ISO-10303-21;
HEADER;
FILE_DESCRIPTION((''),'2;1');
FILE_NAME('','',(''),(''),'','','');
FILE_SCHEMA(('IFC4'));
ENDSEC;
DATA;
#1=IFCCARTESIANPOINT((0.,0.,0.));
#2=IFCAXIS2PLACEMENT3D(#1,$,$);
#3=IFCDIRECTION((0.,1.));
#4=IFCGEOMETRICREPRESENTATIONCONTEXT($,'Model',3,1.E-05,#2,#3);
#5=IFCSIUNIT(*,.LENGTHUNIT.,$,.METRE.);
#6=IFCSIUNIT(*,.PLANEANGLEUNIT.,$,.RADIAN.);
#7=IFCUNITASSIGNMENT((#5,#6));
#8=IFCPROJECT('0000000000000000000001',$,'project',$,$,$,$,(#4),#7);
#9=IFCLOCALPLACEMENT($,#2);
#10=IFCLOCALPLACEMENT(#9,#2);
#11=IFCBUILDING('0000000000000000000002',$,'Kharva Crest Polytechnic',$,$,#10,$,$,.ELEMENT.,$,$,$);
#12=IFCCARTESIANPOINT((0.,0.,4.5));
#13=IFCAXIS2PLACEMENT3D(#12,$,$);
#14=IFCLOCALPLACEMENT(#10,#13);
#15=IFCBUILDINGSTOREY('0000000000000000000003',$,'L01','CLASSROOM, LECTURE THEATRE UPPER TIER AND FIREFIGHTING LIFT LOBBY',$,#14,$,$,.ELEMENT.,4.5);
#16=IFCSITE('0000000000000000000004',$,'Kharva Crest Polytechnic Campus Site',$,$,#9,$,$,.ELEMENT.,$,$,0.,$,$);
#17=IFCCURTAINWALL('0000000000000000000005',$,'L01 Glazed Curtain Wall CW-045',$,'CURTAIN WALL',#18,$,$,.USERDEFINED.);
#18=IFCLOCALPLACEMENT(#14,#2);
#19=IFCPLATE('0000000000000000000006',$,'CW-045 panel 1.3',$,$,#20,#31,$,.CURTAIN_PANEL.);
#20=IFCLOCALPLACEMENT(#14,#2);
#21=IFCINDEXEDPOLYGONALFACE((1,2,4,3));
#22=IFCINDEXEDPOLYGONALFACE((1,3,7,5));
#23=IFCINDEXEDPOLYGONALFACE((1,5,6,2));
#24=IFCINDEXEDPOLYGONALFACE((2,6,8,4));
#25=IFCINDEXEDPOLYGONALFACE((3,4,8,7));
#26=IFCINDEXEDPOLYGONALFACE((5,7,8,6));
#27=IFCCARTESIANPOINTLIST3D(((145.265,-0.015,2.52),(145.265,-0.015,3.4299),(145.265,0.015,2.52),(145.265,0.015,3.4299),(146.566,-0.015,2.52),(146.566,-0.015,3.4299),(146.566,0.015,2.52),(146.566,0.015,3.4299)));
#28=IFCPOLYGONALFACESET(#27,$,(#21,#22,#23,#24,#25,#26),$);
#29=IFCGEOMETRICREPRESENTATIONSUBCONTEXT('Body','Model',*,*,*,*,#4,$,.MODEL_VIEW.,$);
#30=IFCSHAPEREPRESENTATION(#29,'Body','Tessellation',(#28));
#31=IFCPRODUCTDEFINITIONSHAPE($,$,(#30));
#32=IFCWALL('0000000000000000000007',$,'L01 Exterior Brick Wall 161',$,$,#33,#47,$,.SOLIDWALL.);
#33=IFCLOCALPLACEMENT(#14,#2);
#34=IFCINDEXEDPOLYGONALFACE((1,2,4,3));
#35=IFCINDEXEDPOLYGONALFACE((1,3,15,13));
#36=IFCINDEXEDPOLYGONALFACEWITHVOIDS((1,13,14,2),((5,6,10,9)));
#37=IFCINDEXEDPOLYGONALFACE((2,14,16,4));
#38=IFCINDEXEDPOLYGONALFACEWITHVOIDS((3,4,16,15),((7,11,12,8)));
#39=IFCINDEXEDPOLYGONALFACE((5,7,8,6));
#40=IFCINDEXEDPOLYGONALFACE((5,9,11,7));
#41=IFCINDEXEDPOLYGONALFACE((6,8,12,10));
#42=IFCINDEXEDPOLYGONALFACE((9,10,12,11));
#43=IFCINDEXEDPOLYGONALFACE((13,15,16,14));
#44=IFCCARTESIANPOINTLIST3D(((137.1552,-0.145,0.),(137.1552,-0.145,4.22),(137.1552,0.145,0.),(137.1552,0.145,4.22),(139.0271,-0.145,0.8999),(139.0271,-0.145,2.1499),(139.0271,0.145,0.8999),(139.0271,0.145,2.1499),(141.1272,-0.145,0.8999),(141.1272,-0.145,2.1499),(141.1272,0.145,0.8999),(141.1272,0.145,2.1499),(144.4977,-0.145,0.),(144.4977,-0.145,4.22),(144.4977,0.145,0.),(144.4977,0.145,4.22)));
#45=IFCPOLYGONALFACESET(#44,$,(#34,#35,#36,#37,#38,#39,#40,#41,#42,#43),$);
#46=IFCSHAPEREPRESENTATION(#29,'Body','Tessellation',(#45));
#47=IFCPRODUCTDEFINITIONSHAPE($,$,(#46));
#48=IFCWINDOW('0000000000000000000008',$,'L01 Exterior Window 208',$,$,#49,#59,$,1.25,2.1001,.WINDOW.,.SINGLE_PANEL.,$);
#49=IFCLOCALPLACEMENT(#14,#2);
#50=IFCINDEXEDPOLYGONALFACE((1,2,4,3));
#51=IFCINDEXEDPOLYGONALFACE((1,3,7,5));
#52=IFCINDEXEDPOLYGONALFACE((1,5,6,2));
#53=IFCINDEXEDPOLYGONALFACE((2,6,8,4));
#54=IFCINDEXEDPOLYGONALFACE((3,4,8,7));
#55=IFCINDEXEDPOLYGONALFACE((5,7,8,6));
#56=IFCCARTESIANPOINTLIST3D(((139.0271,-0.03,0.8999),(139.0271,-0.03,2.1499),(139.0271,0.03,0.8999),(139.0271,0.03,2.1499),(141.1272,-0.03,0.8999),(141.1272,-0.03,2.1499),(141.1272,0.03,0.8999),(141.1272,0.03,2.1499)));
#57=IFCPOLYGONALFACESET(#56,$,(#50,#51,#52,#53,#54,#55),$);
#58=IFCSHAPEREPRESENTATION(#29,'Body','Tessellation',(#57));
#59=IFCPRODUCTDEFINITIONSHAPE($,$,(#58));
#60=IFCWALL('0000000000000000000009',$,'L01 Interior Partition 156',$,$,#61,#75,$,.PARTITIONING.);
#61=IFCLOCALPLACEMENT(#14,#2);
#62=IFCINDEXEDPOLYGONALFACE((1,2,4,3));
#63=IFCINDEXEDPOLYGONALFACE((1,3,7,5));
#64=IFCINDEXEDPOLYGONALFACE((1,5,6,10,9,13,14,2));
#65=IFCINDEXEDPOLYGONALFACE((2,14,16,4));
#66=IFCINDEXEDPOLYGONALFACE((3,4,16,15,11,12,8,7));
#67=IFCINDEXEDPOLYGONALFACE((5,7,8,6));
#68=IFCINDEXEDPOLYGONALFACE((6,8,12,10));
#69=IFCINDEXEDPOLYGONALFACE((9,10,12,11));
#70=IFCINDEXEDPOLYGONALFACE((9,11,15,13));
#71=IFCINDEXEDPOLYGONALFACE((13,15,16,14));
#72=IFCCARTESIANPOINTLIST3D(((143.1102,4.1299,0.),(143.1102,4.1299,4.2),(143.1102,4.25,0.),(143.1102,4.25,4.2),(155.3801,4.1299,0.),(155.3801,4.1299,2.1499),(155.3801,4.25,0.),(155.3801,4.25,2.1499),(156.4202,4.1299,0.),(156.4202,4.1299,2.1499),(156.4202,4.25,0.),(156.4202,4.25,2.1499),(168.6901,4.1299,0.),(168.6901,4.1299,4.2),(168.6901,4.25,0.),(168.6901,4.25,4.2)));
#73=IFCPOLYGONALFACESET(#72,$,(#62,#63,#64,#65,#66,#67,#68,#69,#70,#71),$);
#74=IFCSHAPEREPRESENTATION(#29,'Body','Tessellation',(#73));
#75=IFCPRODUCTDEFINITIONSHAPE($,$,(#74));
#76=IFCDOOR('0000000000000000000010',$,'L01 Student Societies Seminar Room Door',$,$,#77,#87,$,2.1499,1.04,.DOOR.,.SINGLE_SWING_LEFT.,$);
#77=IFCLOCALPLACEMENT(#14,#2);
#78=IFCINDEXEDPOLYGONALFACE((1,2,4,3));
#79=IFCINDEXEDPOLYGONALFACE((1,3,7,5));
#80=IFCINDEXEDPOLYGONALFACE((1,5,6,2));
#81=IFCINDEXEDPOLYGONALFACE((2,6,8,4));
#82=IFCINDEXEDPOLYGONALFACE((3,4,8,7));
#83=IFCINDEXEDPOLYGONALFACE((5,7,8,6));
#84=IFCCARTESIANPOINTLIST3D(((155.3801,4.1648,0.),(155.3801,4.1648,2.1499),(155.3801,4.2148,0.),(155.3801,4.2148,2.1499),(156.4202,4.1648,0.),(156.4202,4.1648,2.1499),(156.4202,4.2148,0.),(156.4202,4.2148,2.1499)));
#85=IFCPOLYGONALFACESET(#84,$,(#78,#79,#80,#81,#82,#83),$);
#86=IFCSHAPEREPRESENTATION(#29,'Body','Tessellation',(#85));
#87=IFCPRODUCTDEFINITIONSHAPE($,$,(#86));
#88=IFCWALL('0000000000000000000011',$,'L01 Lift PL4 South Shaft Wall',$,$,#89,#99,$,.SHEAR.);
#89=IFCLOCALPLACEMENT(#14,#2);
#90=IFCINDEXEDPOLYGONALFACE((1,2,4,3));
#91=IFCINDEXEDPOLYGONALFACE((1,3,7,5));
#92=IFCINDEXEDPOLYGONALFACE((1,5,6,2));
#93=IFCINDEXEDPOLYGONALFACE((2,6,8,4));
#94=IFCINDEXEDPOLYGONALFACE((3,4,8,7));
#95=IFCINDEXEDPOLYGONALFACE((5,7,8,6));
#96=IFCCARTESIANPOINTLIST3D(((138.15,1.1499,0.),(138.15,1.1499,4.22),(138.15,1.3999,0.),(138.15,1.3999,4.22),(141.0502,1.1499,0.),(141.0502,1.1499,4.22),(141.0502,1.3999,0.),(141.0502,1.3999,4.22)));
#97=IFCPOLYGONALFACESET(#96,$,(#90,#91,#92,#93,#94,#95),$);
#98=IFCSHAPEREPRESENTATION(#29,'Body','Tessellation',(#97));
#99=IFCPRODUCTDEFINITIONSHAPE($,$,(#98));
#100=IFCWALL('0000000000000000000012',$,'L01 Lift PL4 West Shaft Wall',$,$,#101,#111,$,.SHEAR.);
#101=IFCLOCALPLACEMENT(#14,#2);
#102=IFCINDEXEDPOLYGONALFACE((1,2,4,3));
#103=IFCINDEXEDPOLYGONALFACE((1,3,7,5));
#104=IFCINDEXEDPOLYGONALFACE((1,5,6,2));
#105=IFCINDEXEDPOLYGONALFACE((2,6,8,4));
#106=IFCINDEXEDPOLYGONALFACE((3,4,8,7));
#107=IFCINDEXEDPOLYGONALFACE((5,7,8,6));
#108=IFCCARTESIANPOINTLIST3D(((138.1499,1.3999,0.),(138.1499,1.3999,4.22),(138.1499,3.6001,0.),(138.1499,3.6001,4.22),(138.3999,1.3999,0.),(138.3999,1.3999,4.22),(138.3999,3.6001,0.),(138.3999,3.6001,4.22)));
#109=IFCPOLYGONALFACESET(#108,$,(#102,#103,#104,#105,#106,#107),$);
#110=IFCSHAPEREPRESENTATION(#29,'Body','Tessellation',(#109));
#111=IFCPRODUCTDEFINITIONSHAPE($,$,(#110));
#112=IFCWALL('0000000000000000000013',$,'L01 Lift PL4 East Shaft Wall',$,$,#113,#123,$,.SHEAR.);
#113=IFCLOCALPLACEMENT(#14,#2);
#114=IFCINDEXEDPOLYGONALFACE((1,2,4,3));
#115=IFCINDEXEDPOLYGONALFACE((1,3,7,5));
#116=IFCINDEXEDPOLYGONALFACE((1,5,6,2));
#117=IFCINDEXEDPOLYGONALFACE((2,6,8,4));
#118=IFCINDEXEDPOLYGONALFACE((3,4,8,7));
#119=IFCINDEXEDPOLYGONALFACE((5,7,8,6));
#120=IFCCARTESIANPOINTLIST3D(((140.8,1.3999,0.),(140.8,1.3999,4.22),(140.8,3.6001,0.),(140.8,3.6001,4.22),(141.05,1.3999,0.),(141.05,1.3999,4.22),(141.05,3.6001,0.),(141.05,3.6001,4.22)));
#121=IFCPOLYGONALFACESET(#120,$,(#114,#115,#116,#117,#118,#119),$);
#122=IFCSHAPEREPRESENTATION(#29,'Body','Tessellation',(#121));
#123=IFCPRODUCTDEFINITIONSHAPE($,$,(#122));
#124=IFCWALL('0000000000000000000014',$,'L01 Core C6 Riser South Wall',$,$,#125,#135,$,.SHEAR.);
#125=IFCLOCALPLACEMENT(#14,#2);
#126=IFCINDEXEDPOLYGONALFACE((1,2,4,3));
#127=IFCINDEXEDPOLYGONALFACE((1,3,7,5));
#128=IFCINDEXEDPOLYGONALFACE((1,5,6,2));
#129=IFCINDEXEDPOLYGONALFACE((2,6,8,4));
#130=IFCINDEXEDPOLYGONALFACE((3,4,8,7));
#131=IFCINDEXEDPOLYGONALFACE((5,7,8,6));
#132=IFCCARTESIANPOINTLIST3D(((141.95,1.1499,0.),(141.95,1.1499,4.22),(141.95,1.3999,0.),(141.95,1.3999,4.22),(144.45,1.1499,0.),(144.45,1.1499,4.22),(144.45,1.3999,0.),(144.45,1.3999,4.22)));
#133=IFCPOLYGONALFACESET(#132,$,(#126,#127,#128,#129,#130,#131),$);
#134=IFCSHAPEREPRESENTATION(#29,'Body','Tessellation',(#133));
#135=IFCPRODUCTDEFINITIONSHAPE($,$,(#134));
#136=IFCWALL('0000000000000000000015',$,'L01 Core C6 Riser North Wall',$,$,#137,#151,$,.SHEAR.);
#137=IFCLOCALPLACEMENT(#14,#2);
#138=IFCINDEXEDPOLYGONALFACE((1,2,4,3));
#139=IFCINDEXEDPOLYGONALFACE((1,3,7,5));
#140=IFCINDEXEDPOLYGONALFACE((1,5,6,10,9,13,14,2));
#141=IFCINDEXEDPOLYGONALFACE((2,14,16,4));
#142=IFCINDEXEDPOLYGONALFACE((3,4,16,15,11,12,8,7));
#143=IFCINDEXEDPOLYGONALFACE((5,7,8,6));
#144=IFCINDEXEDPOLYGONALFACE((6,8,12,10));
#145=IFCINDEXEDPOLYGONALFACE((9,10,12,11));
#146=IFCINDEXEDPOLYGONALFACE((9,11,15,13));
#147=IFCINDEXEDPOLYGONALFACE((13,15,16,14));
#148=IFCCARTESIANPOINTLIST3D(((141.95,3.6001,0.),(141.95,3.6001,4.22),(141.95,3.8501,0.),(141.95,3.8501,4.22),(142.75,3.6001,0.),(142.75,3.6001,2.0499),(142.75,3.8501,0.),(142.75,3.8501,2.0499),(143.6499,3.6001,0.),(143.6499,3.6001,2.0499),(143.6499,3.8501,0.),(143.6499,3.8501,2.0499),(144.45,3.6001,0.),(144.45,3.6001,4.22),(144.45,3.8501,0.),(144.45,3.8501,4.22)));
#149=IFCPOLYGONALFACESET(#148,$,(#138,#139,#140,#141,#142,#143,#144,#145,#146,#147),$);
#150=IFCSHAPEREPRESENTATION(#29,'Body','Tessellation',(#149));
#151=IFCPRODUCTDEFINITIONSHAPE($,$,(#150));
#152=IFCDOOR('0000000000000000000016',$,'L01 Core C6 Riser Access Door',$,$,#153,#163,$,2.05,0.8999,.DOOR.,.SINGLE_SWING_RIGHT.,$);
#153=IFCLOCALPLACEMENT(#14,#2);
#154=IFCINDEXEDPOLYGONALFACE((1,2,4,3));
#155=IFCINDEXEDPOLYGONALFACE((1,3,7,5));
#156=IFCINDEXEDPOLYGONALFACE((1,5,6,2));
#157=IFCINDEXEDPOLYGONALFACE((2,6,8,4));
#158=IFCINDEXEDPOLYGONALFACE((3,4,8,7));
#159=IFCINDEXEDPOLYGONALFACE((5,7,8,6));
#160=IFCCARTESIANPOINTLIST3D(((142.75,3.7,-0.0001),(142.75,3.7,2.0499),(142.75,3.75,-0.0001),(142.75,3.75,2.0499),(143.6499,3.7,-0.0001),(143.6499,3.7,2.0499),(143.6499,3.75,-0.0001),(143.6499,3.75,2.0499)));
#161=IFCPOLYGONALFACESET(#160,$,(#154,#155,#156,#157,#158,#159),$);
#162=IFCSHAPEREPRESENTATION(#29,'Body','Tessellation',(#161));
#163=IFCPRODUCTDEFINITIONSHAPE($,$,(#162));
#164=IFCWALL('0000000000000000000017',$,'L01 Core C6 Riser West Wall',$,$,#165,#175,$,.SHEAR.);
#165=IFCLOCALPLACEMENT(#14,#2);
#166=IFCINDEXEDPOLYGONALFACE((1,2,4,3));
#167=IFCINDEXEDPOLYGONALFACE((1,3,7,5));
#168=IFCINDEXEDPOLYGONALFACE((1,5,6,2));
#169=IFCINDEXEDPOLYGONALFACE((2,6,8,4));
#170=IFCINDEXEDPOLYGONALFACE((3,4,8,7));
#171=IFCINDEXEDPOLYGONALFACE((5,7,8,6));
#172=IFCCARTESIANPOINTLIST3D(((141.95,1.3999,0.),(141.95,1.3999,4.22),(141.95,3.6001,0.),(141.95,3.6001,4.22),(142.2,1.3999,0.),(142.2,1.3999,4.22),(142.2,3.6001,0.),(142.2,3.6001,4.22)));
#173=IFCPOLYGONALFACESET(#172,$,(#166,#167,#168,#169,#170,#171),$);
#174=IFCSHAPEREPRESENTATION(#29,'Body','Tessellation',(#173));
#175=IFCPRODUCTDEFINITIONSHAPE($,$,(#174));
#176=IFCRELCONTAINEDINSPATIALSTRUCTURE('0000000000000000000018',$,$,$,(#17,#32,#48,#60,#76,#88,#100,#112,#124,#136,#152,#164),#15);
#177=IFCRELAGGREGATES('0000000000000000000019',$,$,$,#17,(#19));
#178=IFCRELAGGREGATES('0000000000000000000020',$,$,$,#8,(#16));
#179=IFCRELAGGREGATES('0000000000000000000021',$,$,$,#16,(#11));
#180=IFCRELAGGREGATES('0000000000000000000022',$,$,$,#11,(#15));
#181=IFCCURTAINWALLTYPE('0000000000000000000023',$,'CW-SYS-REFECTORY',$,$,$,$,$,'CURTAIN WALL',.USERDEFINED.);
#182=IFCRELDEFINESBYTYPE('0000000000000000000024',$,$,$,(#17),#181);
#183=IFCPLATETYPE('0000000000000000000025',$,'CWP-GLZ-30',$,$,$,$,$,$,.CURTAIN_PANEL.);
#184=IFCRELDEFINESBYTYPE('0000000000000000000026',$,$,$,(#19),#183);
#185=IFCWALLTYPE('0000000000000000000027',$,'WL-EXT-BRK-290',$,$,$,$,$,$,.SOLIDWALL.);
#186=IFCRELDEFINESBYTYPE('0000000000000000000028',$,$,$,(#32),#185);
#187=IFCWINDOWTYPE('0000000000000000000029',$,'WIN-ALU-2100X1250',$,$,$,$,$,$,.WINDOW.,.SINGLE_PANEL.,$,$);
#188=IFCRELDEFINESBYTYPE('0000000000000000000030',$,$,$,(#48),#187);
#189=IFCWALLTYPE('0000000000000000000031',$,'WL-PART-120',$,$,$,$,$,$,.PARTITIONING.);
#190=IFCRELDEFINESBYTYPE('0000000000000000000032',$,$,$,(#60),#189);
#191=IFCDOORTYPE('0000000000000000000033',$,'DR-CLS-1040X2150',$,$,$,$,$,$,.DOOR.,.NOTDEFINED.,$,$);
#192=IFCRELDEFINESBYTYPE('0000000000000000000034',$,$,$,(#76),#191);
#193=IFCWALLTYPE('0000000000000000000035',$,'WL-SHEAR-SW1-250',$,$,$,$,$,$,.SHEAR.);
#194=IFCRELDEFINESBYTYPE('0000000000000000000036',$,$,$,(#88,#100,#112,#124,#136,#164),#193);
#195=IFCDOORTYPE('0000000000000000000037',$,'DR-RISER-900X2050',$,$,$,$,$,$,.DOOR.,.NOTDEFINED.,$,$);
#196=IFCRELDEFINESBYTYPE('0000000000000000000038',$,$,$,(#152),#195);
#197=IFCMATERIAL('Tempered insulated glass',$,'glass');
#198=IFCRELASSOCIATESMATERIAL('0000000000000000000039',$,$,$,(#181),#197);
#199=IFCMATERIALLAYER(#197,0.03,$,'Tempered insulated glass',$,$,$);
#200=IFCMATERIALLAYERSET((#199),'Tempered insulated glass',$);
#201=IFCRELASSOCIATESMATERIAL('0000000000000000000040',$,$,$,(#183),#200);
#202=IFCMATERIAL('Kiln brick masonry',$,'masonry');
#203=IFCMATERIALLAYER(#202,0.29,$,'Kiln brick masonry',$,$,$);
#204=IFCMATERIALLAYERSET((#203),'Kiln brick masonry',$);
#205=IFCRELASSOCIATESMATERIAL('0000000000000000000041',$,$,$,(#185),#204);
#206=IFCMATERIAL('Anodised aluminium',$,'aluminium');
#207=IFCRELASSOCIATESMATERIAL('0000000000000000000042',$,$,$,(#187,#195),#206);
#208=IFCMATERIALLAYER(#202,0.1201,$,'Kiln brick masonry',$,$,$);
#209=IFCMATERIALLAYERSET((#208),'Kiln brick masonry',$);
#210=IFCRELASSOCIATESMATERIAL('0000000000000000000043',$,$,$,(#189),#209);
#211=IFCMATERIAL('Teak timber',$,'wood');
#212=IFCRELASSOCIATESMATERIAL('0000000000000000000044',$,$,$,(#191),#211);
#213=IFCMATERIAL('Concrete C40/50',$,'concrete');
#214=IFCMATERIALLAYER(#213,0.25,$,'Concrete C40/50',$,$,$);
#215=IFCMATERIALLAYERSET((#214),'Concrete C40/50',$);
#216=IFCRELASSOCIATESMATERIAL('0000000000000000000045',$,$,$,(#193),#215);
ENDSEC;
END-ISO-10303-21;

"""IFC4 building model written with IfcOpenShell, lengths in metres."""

from ifc_helpers import new_model, si_unit, direction, frame, frame_2d, origin, origin_2d, place, context, subcontext, project, spatial, rectangle, extrude, material, layer, layer_set, type_object, element, fill, aggregate, save


model = new_model("IFC4")

# Units and contexts
model_context = context("Model", 3, precision=1e-05, world=origin(), true_north=direction((0.0, 1.0)))
body_context = subcontext(model_context, "Body", "Model", "MODEL_VIEW")
ifc_project = project(units=[si_unit("LENGTHUNIT", "METRE"), si_unit("PLANEANGLEUNIT", "RADIAN")], contexts=[model_context])

# Site, building, storey
site_placement = place(None, origin())
site = spatial("IfcSite", under=ifc_project, at=site_placement, Name="Kharva Crest Polytechnic Campus Site", CompositionType="ELEMENT", RefElevation=0.0)
building_placement = place(site_placement, origin())
building = spatial("IfcBuilding", under=site, at=building_placement, Name="Kharva Crest Polytechnic", CompositionType="ELEMENT")
storey_placement = place(building_placement, frame((0.0, 0.0, 4.5)))
storey = spatial("IfcBuildingStorey", under=building, at=storey_placement, Name="L01", Description="CLASSROOM, LECTURE THEATRE UPPER TIER AND FIREFIGHTING LIFT LOBBY", CompositionType="ELEMENT", Elevation=4.5)

# Shared definitions
ifc_material_1 = material(Name="Concrete C40/50", Category="concrete")

# Curtain wall
ifc_material_2 = material(Name="Tempered insulated glass", Category="glass")
curtain_wall_type = type_object("IfcCurtainWallType", Name="CW-SYS-REFECTORY", ElementType="CURTAIN WALL", PredefinedType="USERDEFINED", material=ifc_material_2)
curtain_wall_placement = place(storey_placement, origin())
curtain_wall = element("IfcCurtainWall", 1, at=curtain_wall_placement, inside=storey, type_object=curtain_wall_type, Name="L01 Glazed Curtain Wall CW-045", ObjectType="CURTAIN WALL", PredefinedType="USERDEFINED")

# Plate
ifc_layer_1 = layer(ifc_material_2, 0.03, Name="Tempered insulated glass")
ifc_layer_set_1 = layer_set([ifc_layer_1], Name="Tempered insulated glass")
plate_type = type_object("IfcPlateType", Name="CWP-GLZ-30", PredefinedType="CURTAIN_PANEL", material=ifc_layer_set_1)
plate_1_placement = place(storey_placement, frame((145.9155, 0.0, 2.52), z_axis=(0.0, 0.0, 1.0), x_axis=(1.0, 0.0, 0.0)))
plate_1 = element("IfcPlate", 2, at=plate_1_placement, type_object=plate_type, Name="CW-045 panel 1.3", PredefinedType="CURTAIN_PANEL", context=body_context, shape_type="SweptSolid", body=[
    extrude(rectangle(XDim=1.301, YDim=0.03, at=origin_2d()), origin(), (0.0, 0.0, 1.0), 0.9099),
])
aggregate(curtain_wall, [plate_1])

# Wall, opening, window
ifc_material_3 = material(Name="Kiln brick masonry", Category="masonry")
ifc_layer_2 = layer(ifc_material_3, 0.29, Name="Kiln brick masonry")
ifc_layer_set_2 = layer_set([ifc_layer_2], Name="Kiln brick masonry")
wall_type_1 = type_object("IfcWallType", Name="WL-EXT-BRK-290", PredefinedType="SOLIDWALL", material=ifc_layer_set_2)
wall_1_placement = place(storey_placement, frame((137.155, 0.0, 0.0), z_axis=(0.0, 0.0, 1.0), x_axis=(1.0, 0.0, 0.0)))
wall_1 = element("IfcWall", 3, at=wall_1_placement, inside=storey, type_object=wall_type_1, Name="L01 Exterior Brick Wall 161", PredefinedType="SOLIDWALL", context=body_context, shape_type="SweptSolid", body=[
    extrude(rectangle(XDim=7.3425, YDim=0.29, at=frame_2d((3.6714, 0.0))), origin(), (0.0, 0.0, 1.0), 4.22),
])
opening_1_placement = place(wall_1_placement, frame((1.8721, 0.0, 0.8999)))
opening_1 = element("IfcOpeningElement", 4, at=opening_1_placement, cuts=wall_1, PredefinedType="OPENING", context=body_context, shape_type="SweptSolid", body=[
    extrude(rectangle(XDim=2.1001, YDim=1.25, at=frame_2d((1.05, 0.625))), frame((0.0, 0.155, 0.0), z_axis=(0.0, -1.0, 0.0), x_axis=(1.0, 0.0, 0.0)), (0.0, 0.0, 1.0), 0.3101),
])
ifc_material_4 = material(Name="Anodised aluminium", Category="aluminium")
window_type = type_object("IfcWindowType", Name="WIN-ALU-2100X1250", PartitioningType="SINGLE_PANEL", PredefinedType="WINDOW", material=ifc_material_4)
window_placement = place(opening_1_placement, origin())
window = element("IfcWindow", 5, at=window_placement, inside=storey, type_object=window_type, Name="L01 Exterior Window 208", OverallHeight=1.25, OverallWidth=2.1001, PartitioningType="SINGLE_PANEL", PredefinedType="WINDOW", context=body_context, shape_type="SweptSolid", body=[
    extrude(rectangle(XDim=2.1001, YDim=1.25, at=frame_2d((1.05, 0.625))), frame((0.0, 0.03, 0.0), z_axis=(0.0, -1.0, 0.0), x_axis=(1.0, 0.0, 0.0)), (0.0, 0.0, 1.0), 0.0601),
])
fill(opening_1, window)

# Wall, opening, door
ifc_layer_3 = layer(ifc_material_3, 0.1201, Name="Kiln brick masonry")
ifc_layer_set_3 = layer_set([ifc_layer_3], Name="Kiln brick masonry")
wall_type_2 = type_object("IfcWallType", Name="WL-PART-120", PredefinedType="PARTITIONING", material=ifc_layer_set_3)
wall_2_placement = place(storey_placement, frame((143.1101, 4.1899, 0.0), z_axis=(0.0, 0.0, 1.0), x_axis=(1.0, 0.0, 0.0)))
wall_2 = element("IfcWall", 6, at=wall_2_placement, inside=storey, type_object=wall_type_2, Name="L01 Interior Partition 156", PredefinedType="PARTITIONING", context=body_context, shape_type="SweptSolid", body=[
    extrude(rectangle(XDim=25.5798, YDim=0.1201, at=frame_2d((12.79, 0.0))), origin(), (0.0, 0.0, 1.0), 4.2),
])
opening_2_placement = place(wall_2_placement, frame((12.27, 0.0, 0.0)))
opening_2 = element("IfcOpeningElement", 7, at=opening_2_placement, cuts=wall_2, PredefinedType="OPENING", context=body_context, shape_type="SweptSolid", body=[
    extrude(rectangle(XDim=1.04, YDim=2.1499, at=frame_2d((0.52, 1.075))), frame((0.0, 0.0701, 0.0), z_axis=(0.0, -1.0, 0.0), x_axis=(1.0, 0.0, 0.0)), (0.0, 0.0, 1.0), 0.1401),
])
ifc_material_5 = material(Name="Teak timber", Category="wood")
door_type_1 = type_object("IfcDoorType", Name="DR-CLS-1040X2150", OperationType="NOTDEFINED", PredefinedType="DOOR", material=ifc_material_5)
door_1_placement = place(opening_2_placement, origin())
door_1 = element("IfcDoor", 8, at=door_1_placement, inside=storey, type_object=door_type_1, Name="L01 Student Societies Seminar Room Door", OperationType="SINGLE_SWING_LEFT", OverallHeight=2.1499, OverallWidth=1.04, PredefinedType="DOOR", context=body_context, shape_type="SweptSolid", body=[
    extrude(rectangle(XDim=1.04, YDim=2.1499, at=frame_2d((0.52, 1.075))), frame((0.0, 0.0249, 0.0), z_axis=(0.0, -1.0, 0.0), x_axis=(1.0, 0.0, 0.0)), (0.0, 0.0, 1.0), 0.05),
])
fill(opening_2, door_1)

# Wall
ifc_layer_4 = layer(ifc_material_1, 0.25, Name="Concrete C40/50")
ifc_layer_set_4 = layer_set([ifc_layer_4], Name="Concrete C40/50")
wall_type_3 = type_object("IfcWallType", Name="WL-SHEAR-SW1-250", PredefinedType="SHEAR", material=ifc_layer_set_4)
wall_3_placement = place(storey_placement, frame((138.1499, 1.2749, 0.0), z_axis=(0.0, 0.0, 1.0), x_axis=(1.0, 0.0, 0.0)))
element("IfcWall", 9, at=wall_3_placement, inside=storey, type_object=wall_type_3, Name="L01 Lift PL4 South Shaft Wall", PredefinedType="SHEAR", context=body_context, shape_type="SweptSolid", body=[
    extrude(rectangle(XDim=2.9001, YDim=0.25, at=frame_2d((1.4502, 0.0))), origin(), (0.0, 0.0, 1.0), 4.22),
])

# Walls
for number, where, z_axis, x_axis, name in (
    (10, (138.2749, 1.3999, 0.0), (0.0, 0.0, 1.0), (0.0, 1.0, 0.0), "L01 Lift PL4 West Shaft Wall"),
    (11, (140.925, 1.3999, 0.0), (0.0, 0.0, 1.0), (0.0, 1.0, 0.0), "L01 Lift PL4 East Shaft Wall"),
):
    element("IfcWall", number, at=place(storey_placement, frame(where, z_axis=z_axis, x_axis=x_axis)), inside=storey, type_object=wall_type_3, Name=name, PredefinedType="SHEAR", context=body_context, shape_type="SweptSolid", body=[
        extrude(rectangle(XDim=2.2002, YDim=0.25, at=frame_2d((1.1001, 0.0))), origin(), (0.0, 0.0, 1.0), 4.22),
    ])
wall_4_placement = place(storey_placement, frame((141.95, 1.2749, 0.0), z_axis=(0.0, 0.0, 1.0), x_axis=(1.0, 0.0, 0.0)))
element("IfcWall", 12, at=wall_4_placement, inside=storey, type_object=wall_type_3, Name="L01 Core C6 Riser South Wall", PredefinedType="SHEAR", context=body_context, shape_type="SweptSolid", body=[
    extrude(rectangle(XDim=2.5, YDim=0.25, at=frame_2d((1.25, 0.0))), origin(), (0.0, 0.0, 1.0), 4.22),
])

# Wall, opening, door
wall_5_placement = place(storey_placement, frame((141.95, 3.7251, 0.0), z_axis=(0.0, 0.0, 1.0), x_axis=(1.0, 0.0, 0.0)))
wall_5 = element("IfcWall", 13, at=wall_5_placement, inside=storey, type_object=wall_type_3, Name="L01 Core C6 Riser North Wall", PredefinedType="SHEAR", context=body_context, shape_type="SweptSolid", body=[
    extrude(rectangle(XDim=2.5, YDim=0.25, at=frame_2d((1.25, 0.0))), origin(), (0.0, 0.0, 1.0), 4.22),
])
opening_3_placement = place(wall_5_placement, frame((0.8, 0.0, 0.0)))
opening_3 = element("IfcOpeningElement", 14, at=opening_3_placement, cuts=wall_5, PredefinedType="OPENING", context=body_context, shape_type="SweptSolid", body=[
    extrude(rectangle(XDim=0.8999, YDim=2.05, at=frame_2d((0.45, 1.0249))), frame((0.0, 0.135, 0.0), z_axis=(0.0, -1.0, 0.0), x_axis=(1.0, 0.0, 0.0)), (0.0, 0.0, 1.0), 0.27),
])
door_type_2 = type_object("IfcDoorType", Name="DR-RISER-900X2050", OperationType="NOTDEFINED", PredefinedType="DOOR", material=ifc_material_4)
door_2_placement = place(opening_3_placement, origin())
door_2 = element("IfcDoor", 15, at=door_2_placement, inside=storey, type_object=door_type_2, Name="L01 Core C6 Riser Access Door", OperationType="SINGLE_SWING_RIGHT", OverallHeight=2.05, OverallWidth=0.8999, PredefinedType="DOOR", context=body_context, shape_type="SweptSolid", body=[
    extrude(rectangle(XDim=0.8999, YDim=2.05, at=frame_2d((0.45, 1.0249))), frame((0.0, 0.0249, 0.0), z_axis=(0.0, -1.0, 0.0), x_axis=(1.0, 0.0, 0.0)), (0.0, 0.0, 1.0), 0.05),
])
fill(opening_3, door_2)

# Wall
for number, where, z_axis, x_axis, name in (
    (16, (142.075, 1.3999, 0.0), (0.0, 0.0, 1.0), (0.0, 1.0, 0.0), "L01 Core C6 Riser West Wall"),
):
    element("IfcWall", number, at=place(storey_placement, frame(where, z_axis=z_axis, x_axis=x_axis)), inside=storey, type_object=wall_type_3, Name=name, PredefinedType="SHEAR", context=body_context, shape_type="SweptSolid", body=[
        extrude(rectangle(XDim=2.2002, YDim=0.25, at=frame_2d((1.1001, 0.0))), origin(), (0.0, 0.0, 1.0), 4.22),
    ])

save(model, "model.ifc")
